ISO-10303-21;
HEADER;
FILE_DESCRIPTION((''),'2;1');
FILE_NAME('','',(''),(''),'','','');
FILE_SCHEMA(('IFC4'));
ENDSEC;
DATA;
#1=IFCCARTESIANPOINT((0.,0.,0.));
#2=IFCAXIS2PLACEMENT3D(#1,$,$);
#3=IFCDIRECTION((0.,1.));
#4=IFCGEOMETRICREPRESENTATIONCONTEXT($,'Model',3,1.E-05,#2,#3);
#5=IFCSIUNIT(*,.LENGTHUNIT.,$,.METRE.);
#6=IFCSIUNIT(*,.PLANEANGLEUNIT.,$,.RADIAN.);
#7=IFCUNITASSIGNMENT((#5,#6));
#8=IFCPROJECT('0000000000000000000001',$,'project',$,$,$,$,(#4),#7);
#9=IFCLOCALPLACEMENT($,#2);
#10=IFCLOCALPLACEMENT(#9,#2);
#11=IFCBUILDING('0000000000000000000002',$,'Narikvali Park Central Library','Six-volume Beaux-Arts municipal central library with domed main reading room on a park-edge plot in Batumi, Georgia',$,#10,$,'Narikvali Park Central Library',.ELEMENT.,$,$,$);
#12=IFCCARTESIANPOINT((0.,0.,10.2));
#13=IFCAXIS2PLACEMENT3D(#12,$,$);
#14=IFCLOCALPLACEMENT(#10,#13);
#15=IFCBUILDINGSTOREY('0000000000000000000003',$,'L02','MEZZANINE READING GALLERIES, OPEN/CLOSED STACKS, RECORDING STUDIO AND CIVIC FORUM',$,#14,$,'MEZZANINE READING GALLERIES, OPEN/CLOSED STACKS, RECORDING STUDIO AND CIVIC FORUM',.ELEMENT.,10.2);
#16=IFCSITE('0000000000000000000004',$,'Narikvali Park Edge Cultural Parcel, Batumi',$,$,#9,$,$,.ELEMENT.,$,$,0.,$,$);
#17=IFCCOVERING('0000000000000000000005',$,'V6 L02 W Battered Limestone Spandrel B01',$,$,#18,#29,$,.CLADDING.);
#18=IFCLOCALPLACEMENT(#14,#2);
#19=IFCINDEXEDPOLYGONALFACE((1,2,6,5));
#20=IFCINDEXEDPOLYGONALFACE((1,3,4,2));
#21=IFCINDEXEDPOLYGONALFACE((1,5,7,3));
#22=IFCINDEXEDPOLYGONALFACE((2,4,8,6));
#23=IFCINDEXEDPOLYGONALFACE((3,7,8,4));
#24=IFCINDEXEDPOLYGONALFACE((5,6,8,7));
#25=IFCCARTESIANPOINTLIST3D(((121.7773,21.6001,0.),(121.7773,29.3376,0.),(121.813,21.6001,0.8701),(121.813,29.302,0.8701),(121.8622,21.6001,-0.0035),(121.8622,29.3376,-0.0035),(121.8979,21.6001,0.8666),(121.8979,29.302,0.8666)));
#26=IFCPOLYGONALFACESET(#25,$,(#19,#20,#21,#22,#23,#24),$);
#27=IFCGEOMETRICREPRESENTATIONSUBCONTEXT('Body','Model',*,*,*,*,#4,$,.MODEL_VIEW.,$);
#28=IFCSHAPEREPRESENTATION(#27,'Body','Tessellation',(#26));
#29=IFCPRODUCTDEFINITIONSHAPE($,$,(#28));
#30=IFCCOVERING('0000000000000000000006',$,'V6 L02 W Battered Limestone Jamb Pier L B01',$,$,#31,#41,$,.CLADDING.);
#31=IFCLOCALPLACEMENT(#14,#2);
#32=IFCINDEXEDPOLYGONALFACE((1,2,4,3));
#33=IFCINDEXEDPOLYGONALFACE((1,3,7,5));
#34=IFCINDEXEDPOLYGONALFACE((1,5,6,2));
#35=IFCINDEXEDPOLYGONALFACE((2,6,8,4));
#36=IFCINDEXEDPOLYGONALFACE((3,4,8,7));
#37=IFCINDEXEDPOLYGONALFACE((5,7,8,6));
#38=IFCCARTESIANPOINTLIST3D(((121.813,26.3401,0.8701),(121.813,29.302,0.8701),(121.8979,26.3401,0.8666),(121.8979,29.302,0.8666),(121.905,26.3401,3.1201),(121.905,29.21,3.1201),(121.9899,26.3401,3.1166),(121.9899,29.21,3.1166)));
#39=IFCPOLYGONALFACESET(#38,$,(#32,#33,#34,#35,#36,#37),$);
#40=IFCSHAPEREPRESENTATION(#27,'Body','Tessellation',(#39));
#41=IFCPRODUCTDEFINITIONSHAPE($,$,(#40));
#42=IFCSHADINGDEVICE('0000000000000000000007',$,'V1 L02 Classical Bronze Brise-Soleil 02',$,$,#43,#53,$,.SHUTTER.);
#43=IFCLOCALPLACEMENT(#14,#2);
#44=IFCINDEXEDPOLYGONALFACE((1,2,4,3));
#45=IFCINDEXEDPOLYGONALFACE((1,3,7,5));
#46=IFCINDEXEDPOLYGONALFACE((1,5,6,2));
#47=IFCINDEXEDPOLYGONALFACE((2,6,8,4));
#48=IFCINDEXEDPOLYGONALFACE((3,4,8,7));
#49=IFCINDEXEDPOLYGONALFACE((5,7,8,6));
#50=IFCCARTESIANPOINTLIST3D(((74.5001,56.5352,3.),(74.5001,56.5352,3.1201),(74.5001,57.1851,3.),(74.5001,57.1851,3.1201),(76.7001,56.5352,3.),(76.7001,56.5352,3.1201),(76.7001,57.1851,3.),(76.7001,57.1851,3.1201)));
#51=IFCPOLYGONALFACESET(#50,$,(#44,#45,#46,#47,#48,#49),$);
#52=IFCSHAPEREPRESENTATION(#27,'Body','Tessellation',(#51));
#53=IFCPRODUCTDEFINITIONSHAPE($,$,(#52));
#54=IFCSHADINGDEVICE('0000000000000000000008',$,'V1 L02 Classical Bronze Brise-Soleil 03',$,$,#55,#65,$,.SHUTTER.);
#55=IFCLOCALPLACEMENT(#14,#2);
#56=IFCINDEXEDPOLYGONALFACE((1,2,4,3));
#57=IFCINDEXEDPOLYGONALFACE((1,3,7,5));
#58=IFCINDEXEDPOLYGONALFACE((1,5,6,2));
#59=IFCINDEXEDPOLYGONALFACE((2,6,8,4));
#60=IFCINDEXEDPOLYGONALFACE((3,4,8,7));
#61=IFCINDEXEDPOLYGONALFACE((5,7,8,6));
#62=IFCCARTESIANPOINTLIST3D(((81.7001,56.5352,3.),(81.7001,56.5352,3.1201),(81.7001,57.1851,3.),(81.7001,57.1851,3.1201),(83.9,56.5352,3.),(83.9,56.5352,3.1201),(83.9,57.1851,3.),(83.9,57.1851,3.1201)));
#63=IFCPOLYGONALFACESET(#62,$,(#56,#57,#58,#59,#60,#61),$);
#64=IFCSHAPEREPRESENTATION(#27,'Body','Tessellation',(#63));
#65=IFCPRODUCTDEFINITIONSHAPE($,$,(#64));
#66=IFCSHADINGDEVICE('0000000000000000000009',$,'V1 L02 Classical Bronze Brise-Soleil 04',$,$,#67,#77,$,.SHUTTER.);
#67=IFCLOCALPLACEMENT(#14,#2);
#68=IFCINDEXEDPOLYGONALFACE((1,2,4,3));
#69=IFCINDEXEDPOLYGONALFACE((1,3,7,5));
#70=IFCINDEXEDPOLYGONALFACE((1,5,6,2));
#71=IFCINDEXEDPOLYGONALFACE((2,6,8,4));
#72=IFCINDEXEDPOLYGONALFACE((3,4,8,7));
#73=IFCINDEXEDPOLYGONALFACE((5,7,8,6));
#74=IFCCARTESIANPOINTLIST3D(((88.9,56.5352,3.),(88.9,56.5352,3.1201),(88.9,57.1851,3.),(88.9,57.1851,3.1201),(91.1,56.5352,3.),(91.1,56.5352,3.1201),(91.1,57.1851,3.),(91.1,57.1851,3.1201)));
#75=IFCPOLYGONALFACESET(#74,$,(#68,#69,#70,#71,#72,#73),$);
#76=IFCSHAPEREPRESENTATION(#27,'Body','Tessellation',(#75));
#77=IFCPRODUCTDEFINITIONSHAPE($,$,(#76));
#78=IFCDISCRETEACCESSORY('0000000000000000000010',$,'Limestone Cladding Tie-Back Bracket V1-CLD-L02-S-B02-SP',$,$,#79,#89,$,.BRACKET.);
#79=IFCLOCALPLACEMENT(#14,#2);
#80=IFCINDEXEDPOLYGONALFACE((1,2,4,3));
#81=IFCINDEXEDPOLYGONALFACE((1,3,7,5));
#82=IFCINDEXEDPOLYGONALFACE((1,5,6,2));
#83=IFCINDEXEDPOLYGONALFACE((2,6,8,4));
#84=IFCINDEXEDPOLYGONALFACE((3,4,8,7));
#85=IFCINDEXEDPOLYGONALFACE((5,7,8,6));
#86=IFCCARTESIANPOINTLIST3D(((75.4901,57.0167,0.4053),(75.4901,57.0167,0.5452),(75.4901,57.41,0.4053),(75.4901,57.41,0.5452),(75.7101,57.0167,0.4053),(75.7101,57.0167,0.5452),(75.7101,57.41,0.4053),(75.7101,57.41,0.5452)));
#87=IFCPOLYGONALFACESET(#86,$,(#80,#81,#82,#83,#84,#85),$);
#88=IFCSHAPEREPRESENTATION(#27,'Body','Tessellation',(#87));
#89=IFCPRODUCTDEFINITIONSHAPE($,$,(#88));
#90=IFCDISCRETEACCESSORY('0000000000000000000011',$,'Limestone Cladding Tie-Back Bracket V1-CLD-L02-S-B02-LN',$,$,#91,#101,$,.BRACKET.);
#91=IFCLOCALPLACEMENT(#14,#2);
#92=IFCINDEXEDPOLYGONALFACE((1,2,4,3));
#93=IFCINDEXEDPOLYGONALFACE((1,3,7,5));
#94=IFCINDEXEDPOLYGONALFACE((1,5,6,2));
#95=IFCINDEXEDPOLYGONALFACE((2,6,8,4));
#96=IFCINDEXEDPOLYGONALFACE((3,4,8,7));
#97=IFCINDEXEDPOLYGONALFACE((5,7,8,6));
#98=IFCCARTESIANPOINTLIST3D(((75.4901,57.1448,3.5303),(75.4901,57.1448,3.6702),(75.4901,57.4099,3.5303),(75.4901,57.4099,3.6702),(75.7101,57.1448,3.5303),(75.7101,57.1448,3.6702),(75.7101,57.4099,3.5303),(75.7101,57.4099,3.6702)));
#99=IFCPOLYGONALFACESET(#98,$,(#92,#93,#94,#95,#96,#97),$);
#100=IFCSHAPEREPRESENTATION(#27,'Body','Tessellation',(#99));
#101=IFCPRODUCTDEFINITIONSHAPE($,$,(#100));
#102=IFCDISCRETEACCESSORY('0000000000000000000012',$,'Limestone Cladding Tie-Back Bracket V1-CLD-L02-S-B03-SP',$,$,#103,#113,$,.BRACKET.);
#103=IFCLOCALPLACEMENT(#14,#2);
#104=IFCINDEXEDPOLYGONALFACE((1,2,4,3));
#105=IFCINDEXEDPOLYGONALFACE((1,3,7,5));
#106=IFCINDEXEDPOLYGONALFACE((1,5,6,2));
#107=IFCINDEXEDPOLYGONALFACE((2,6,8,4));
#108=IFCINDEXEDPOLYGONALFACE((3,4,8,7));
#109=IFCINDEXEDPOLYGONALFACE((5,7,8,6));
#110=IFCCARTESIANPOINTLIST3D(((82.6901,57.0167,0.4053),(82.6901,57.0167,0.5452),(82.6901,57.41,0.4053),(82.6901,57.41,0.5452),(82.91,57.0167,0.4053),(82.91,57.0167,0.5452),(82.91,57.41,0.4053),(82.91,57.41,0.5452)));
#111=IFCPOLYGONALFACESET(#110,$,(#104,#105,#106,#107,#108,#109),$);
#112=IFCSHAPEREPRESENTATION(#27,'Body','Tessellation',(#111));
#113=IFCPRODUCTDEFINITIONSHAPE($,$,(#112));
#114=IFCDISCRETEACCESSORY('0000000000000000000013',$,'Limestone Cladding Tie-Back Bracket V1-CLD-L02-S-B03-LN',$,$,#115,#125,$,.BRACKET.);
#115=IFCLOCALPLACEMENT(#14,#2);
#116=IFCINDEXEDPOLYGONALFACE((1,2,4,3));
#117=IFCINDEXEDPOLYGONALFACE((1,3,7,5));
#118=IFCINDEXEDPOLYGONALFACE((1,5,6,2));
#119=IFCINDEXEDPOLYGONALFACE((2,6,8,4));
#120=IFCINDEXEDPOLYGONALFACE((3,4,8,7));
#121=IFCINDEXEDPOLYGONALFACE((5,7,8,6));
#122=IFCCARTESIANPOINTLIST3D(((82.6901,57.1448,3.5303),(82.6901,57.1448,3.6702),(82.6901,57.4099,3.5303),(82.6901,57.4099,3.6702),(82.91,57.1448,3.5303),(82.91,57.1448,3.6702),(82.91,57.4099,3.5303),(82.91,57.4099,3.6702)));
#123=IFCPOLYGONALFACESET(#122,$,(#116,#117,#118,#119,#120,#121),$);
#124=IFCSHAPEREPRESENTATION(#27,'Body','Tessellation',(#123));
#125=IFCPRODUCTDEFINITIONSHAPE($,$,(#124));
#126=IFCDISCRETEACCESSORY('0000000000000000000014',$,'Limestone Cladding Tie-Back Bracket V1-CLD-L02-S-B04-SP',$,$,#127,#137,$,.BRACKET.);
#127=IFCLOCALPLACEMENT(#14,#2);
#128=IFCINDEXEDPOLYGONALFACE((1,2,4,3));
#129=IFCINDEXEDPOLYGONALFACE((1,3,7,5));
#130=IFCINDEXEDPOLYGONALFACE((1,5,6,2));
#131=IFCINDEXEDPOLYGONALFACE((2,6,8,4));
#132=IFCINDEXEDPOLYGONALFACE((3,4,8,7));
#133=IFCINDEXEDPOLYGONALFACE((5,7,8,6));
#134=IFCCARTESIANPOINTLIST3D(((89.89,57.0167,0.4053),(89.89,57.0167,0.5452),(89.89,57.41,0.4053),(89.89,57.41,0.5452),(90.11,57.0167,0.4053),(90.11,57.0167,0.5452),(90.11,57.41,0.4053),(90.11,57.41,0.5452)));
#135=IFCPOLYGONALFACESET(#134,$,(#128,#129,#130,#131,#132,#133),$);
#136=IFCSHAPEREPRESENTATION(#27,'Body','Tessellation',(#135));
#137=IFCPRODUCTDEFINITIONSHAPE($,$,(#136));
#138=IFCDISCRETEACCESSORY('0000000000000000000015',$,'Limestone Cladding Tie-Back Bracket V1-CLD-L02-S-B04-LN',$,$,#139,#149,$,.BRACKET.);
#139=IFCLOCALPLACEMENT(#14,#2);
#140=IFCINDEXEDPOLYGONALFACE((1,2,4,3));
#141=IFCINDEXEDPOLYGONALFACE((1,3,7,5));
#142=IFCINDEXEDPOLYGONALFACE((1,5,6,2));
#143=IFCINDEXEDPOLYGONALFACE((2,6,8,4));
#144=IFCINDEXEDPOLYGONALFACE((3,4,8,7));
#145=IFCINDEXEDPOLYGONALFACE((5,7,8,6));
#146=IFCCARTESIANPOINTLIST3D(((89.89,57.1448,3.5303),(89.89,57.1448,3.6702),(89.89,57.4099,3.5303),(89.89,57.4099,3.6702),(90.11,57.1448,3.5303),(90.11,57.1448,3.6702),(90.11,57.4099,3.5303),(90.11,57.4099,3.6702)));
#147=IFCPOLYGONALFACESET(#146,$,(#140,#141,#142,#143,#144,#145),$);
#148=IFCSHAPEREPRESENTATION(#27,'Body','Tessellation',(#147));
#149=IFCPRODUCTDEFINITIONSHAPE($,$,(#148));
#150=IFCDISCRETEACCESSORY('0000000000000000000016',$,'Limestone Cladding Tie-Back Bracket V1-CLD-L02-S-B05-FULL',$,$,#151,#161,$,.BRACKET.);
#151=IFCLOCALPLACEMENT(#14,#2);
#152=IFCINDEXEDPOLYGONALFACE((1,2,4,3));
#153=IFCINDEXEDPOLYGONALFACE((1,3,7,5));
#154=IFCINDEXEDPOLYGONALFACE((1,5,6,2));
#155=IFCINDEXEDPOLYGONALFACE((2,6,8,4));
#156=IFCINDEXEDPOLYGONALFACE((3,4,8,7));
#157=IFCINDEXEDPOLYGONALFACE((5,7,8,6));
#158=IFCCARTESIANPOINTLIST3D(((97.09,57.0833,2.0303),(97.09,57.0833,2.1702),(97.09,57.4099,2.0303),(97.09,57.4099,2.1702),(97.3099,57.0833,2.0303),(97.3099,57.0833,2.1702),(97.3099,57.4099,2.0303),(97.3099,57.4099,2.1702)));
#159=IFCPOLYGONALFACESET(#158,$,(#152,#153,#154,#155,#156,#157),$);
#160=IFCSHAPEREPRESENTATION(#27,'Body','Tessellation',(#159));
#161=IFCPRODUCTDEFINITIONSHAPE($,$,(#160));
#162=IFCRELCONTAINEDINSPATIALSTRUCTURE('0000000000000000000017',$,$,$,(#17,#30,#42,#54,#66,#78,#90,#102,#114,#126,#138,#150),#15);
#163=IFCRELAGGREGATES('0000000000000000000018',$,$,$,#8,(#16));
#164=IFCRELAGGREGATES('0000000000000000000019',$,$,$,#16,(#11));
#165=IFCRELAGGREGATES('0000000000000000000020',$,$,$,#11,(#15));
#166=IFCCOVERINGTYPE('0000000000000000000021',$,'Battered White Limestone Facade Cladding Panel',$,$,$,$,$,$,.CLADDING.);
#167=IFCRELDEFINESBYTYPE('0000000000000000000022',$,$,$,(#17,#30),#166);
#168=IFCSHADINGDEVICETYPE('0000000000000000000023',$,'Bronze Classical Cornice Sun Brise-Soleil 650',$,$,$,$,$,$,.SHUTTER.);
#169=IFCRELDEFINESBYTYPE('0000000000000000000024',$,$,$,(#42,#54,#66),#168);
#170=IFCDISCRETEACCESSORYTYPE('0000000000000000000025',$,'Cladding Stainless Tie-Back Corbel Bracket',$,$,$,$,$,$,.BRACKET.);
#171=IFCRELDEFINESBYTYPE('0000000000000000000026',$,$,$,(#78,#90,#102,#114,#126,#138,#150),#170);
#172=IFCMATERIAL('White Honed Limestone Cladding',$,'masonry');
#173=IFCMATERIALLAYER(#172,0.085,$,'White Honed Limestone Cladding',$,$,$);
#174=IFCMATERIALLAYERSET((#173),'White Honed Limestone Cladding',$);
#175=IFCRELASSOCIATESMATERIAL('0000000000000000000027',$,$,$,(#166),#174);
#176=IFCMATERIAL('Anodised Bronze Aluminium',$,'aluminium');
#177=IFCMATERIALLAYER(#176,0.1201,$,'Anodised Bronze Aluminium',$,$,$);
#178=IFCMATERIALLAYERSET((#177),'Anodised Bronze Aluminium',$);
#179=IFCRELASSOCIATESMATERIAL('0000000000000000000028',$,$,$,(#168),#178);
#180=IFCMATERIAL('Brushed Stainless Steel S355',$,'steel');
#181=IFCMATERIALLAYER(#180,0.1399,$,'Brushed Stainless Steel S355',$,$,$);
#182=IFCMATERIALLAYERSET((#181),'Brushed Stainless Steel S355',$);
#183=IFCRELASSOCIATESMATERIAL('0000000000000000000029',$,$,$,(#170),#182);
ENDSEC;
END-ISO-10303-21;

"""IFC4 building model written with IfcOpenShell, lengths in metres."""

from ifc_helpers import new_model, si_unit, direction, frame, origin, origin_2d, place, context, subcontext, project, spatial, polyline, rectangle, outline, extrude, material, layer, layer_set, type_object, element, save


model = new_model("IFC4")

# Units and contexts
model_context = context("Model", 3, precision=1e-05, world=origin(), true_north=direction((0.0, 1.0)))
body_context = subcontext(model_context, "Body", "Model", "MODEL_VIEW")
ifc_project = project(units=[si_unit("LENGTHUNIT", "METRE"), si_unit("PLANEANGLEUNIT", "RADIAN")], contexts=[model_context])

# Site, building, storey
site_placement = place(None, origin())
site = spatial("IfcSite", under=ifc_project, at=site_placement, Name="Narikvali Park Edge Cultural Parcel, Batumi", CompositionType="ELEMENT", RefElevation=0.0)
building_placement = place(site_placement, origin())
building = spatial("IfcBuilding", under=site, at=building_placement, Name="Narikvali Park Central Library", Description="Six-volume Beaux-Arts municipal central library with domed main reading room on a park-edge plot in Batumi, Georgia", LongName="Narikvali Park Central Library", CompositionType="ELEMENT")
storey_placement = place(building_placement, frame((0.0, 0.0, 10.2)))
storey = spatial("IfcBuildingStorey", under=building, at=storey_placement, Name="L02", Description="MEZZANINE READING GALLERIES, OPEN/CLOSED STACKS, RECORDING STUDIO AND CIVIC FORUM", LongName="MEZZANINE READING GALLERIES, OPEN/CLOSED STACKS, RECORDING STUDIO AND CIVIC FORUM", CompositionType="ELEMENT", Elevation=10.2)

# Coverings
ifc_material_1 = material(Name="White Honed Limestone Cladding", Category="masonry")
ifc_layer_1 = layer(ifc_material_1, 0.085, Name="White Honed Limestone Cladding")
ifc_layer_set_1 = layer_set([ifc_layer_1], Name="White Honed Limestone Cladding")
covering_type = type_object("IfcCoveringType", Name="Battered White Limestone Facade Cladding Panel", PredefinedType="CLADDING", material=ifc_layer_set_1)
covering_1_placement = place(storey_placement, frame((121.7773, 29.3376, 0.0), z_axis=(-0.999162, 0.0, 0.040931), x_axis=(0.0, -1.0, 0.0)))
element("IfcCovering", 1, at=covering_1_placement, inside=storey, type_object=covering_type, Name="V6 L02 W Battered Limestone Spandrel B01", PredefinedType="CLADDING", context=body_context, shape_type="SweptSolid", body=[
    extrude(outline(polyline([(0.0, 0.0), (7.7375, 0.0), (7.7375, 0.8708), (0.0356, 0.8708), (0.0, 0.0)])), origin(), (0.0, 0.0, -1.0), 0.085),
])
covering_2_placement = place(storey_placement, frame((121.813, 29.302, 0.8701), z_axis=(-0.999164, 0.0, 0.040873), x_axis=(0.0, -1.0, 0.0)))
element("IfcCovering", 2, at=covering_2_placement, inside=storey, type_object=covering_type, Name="V6 L02 W Battered Limestone Jamb Pier L B01", PredefinedType="CLADDING", context=body_context, shape_type="SweptSolid", body=[
    extrude(outline(polyline([(0.0, 0.0), (2.9619, 0.0), (2.9619, 2.2519), (0.092, 2.2519), (0.0, 0.0)])), origin(), (0.0, 0.0, -1.0), 0.085),
])

# Shading devices
ifc_material_2 = material(Name="Anodised Bronze Aluminium", Category="aluminium")
ifc_layer_2 = layer(ifc_material_2, 0.1201, Name="Anodised Bronze Aluminium")
ifc_layer_set_2 = layer_set([ifc_layer_2], Name="Anodised Bronze Aluminium")
shading_device_type = type_object("IfcShadingDeviceType", Name="Bronze Classical Cornice Sun Brise-Soleil 650", PredefinedType="SHUTTER", material=ifc_layer_set_2)
for number, where, z_axis, x_axis, name in (
    (3, (75.6001, 56.8601, 3.0), (0.0, 0.0, 1.0), (1.0, 0.0, 0.0), "V1 L02 Classical Bronze Brise-Soleil 02"),
    (4, (82.8, 56.8601, 3.0), (0.0, 0.0, 1.0), (1.0, 0.0, 0.0), "V1 L02 Classical Bronze Brise-Soleil 03"),
    (5, (90.0, 56.8601, 3.0), (0.0, 0.0, 1.0), (1.0, 0.0, 0.0), "V1 L02 Classical Bronze Brise-Soleil 04"),
):
    element("IfcShadingDevice", number, at=place(storey_placement, frame(where, z_axis=z_axis, x_axis=x_axis)), inside=storey, type_object=shading_device_type, Name=name, PredefinedType="SHUTTER", context=body_context, shape_type="SweptSolid", body=[
        extrude(rectangle(XDim=2.2, YDim=0.6499, at=origin_2d()), origin(), (0.0, 0.0, 1.0), 0.1201),
    ])

# Discrete accessories
ifc_material_3 = material(Name="Brushed Stainless Steel S355", Category="steel")
ifc_layer_3 = layer(ifc_material_3, 0.1399, Name="Brushed Stainless Steel S355")
ifc_layer_set_3 = layer_set([ifc_layer_3], Name="Brushed Stainless Steel S355")
discrete_accessory_type = type_object("IfcDiscreteAccessoryType", Name="Cladding Stainless Tie-Back Corbel Bracket", PredefinedType="BRACKET", material=ifc_layer_set_3)
discrete_accessory_1_placement = place(storey_placement, frame((75.6001, 57.2134, 0.4053), z_axis=(0.0, 0.0, 1.0), x_axis=(1.0, 0.0, 0.0)))
element("IfcDiscreteAccessory", 6, at=discrete_accessory_1_placement, inside=storey, type_object=discrete_accessory_type, Name="Limestone Cladding Tie-Back Bracket V1-CLD-L02-S-B02-SP", PredefinedType="BRACKET", context=body_context, shape_type="SweptSolid", body=[
    extrude(rectangle(XDim=0.22, YDim=0.3933, at=origin_2d()), origin(), (0.0, 0.0, 1.0), 0.1399),
])
discrete_accessory_2_placement = place(storey_placement, frame((75.6001, 57.2773, 3.5303), z_axis=(0.0, 0.0, 1.0), x_axis=(1.0, 0.0, 0.0)))
element("IfcDiscreteAccessory", 7, at=discrete_accessory_2_placement, inside=storey, type_object=discrete_accessory_type, Name="Limestone Cladding Tie-Back Bracket V1-CLD-L02-S-B02-LN", PredefinedType="BRACKET", context=body_context, shape_type="SweptSolid", body=[
    extrude(rectangle(XDim=0.22, YDim=0.2651, at=origin_2d()), origin(), (0.0, 0.0, 1.0), 0.1399),
])
discrete_accessory_3_placement = place(storey_placement, frame((82.8, 57.2134, 0.4053), z_axis=(0.0, 0.0, 1.0), x_axis=(1.0, 0.0, 0.0)))
element("IfcDiscreteAccessory", 8, at=discrete_accessory_3_placement, inside=storey, type_object=discrete_accessory_type, Name="Limestone Cladding Tie-Back Bracket V1-CLD-L02-S-B03-SP", PredefinedType="BRACKET", context=body_context, shape_type="SweptSolid", body=[
    extrude(rectangle(XDim=0.22, YDim=0.3933, at=origin_2d()), origin(), (0.0, 0.0, 1.0), 0.1399),
])
discrete_accessory_4_placement = place(storey_placement, frame((82.8, 57.2773, 3.5303), z_axis=(0.0, 0.0, 1.0), x_axis=(1.0, 0.0, 0.0)))
element("IfcDiscreteAccessory", 9, at=discrete_accessory_4_placement, inside=storey, type_object=discrete_accessory_type, Name="Limestone Cladding Tie-Back Bracket V1-CLD-L02-S-B03-LN", PredefinedType="BRACKET", context=body_context, shape_type="SweptSolid", body=[
    extrude(rectangle(XDim=0.22, YDim=0.2651, at=origin_2d()), origin(), (0.0, 0.0, 1.0), 0.1399),
])
discrete_accessory_5_placement = place(storey_placement, frame((90.0, 57.2134, 0.4053), z_axis=(0.0, 0.0, 1.0), x_axis=(1.0, 0.0, 0.0)))
element("IfcDiscreteAccessory", 10, at=discrete_accessory_5_placement, inside=storey, type_object=discrete_accessory_type, Name="Limestone Cladding Tie-Back Bracket V1-CLD-L02-S-B04-SP", PredefinedType="BRACKET", context=body_context, shape_type="SweptSolid", body=[
    extrude(rectangle(XDim=0.22, YDim=0.3933, at=origin_2d()), origin(), (0.0, 0.0, 1.0), 0.1399),
])
discrete_accessory_6_placement = place(storey_placement, frame((90.0, 57.2773, 3.5303), z_axis=(0.0, 0.0, 1.0), x_axis=(1.0, 0.0, 0.0)))
element("IfcDiscreteAccessory", 11, at=discrete_accessory_6_placement, inside=storey, type_object=discrete_accessory_type, Name="Limestone Cladding Tie-Back Bracket V1-CLD-L02-S-B04-LN", PredefinedType="BRACKET", context=body_context, shape_type="SweptSolid", body=[
    extrude(rectangle(XDim=0.22, YDim=0.2651, at=origin_2d()), origin(), (0.0, 0.0, 1.0), 0.1399),
])
discrete_accessory_7_placement = place(storey_placement, frame((97.2, 57.2466, 2.0303), z_axis=(0.0, 0.0, 1.0), x_axis=(1.0, 0.0, 0.0)))
element("IfcDiscreteAccessory", 12, at=discrete_accessory_7_placement, inside=storey, type_object=discrete_accessory_type, Name="Limestone Cladding Tie-Back Bracket V1-CLD-L02-S-B05-FULL", PredefinedType="BRACKET", context=body_context, shape_type="SweptSolid", body=[
    extrude(rectangle(XDim=0.22, YDim=0.3267, at=origin_2d()), origin(), (0.0, 0.0, 1.0), 0.1399),
])

save(model, "model.ifc")
